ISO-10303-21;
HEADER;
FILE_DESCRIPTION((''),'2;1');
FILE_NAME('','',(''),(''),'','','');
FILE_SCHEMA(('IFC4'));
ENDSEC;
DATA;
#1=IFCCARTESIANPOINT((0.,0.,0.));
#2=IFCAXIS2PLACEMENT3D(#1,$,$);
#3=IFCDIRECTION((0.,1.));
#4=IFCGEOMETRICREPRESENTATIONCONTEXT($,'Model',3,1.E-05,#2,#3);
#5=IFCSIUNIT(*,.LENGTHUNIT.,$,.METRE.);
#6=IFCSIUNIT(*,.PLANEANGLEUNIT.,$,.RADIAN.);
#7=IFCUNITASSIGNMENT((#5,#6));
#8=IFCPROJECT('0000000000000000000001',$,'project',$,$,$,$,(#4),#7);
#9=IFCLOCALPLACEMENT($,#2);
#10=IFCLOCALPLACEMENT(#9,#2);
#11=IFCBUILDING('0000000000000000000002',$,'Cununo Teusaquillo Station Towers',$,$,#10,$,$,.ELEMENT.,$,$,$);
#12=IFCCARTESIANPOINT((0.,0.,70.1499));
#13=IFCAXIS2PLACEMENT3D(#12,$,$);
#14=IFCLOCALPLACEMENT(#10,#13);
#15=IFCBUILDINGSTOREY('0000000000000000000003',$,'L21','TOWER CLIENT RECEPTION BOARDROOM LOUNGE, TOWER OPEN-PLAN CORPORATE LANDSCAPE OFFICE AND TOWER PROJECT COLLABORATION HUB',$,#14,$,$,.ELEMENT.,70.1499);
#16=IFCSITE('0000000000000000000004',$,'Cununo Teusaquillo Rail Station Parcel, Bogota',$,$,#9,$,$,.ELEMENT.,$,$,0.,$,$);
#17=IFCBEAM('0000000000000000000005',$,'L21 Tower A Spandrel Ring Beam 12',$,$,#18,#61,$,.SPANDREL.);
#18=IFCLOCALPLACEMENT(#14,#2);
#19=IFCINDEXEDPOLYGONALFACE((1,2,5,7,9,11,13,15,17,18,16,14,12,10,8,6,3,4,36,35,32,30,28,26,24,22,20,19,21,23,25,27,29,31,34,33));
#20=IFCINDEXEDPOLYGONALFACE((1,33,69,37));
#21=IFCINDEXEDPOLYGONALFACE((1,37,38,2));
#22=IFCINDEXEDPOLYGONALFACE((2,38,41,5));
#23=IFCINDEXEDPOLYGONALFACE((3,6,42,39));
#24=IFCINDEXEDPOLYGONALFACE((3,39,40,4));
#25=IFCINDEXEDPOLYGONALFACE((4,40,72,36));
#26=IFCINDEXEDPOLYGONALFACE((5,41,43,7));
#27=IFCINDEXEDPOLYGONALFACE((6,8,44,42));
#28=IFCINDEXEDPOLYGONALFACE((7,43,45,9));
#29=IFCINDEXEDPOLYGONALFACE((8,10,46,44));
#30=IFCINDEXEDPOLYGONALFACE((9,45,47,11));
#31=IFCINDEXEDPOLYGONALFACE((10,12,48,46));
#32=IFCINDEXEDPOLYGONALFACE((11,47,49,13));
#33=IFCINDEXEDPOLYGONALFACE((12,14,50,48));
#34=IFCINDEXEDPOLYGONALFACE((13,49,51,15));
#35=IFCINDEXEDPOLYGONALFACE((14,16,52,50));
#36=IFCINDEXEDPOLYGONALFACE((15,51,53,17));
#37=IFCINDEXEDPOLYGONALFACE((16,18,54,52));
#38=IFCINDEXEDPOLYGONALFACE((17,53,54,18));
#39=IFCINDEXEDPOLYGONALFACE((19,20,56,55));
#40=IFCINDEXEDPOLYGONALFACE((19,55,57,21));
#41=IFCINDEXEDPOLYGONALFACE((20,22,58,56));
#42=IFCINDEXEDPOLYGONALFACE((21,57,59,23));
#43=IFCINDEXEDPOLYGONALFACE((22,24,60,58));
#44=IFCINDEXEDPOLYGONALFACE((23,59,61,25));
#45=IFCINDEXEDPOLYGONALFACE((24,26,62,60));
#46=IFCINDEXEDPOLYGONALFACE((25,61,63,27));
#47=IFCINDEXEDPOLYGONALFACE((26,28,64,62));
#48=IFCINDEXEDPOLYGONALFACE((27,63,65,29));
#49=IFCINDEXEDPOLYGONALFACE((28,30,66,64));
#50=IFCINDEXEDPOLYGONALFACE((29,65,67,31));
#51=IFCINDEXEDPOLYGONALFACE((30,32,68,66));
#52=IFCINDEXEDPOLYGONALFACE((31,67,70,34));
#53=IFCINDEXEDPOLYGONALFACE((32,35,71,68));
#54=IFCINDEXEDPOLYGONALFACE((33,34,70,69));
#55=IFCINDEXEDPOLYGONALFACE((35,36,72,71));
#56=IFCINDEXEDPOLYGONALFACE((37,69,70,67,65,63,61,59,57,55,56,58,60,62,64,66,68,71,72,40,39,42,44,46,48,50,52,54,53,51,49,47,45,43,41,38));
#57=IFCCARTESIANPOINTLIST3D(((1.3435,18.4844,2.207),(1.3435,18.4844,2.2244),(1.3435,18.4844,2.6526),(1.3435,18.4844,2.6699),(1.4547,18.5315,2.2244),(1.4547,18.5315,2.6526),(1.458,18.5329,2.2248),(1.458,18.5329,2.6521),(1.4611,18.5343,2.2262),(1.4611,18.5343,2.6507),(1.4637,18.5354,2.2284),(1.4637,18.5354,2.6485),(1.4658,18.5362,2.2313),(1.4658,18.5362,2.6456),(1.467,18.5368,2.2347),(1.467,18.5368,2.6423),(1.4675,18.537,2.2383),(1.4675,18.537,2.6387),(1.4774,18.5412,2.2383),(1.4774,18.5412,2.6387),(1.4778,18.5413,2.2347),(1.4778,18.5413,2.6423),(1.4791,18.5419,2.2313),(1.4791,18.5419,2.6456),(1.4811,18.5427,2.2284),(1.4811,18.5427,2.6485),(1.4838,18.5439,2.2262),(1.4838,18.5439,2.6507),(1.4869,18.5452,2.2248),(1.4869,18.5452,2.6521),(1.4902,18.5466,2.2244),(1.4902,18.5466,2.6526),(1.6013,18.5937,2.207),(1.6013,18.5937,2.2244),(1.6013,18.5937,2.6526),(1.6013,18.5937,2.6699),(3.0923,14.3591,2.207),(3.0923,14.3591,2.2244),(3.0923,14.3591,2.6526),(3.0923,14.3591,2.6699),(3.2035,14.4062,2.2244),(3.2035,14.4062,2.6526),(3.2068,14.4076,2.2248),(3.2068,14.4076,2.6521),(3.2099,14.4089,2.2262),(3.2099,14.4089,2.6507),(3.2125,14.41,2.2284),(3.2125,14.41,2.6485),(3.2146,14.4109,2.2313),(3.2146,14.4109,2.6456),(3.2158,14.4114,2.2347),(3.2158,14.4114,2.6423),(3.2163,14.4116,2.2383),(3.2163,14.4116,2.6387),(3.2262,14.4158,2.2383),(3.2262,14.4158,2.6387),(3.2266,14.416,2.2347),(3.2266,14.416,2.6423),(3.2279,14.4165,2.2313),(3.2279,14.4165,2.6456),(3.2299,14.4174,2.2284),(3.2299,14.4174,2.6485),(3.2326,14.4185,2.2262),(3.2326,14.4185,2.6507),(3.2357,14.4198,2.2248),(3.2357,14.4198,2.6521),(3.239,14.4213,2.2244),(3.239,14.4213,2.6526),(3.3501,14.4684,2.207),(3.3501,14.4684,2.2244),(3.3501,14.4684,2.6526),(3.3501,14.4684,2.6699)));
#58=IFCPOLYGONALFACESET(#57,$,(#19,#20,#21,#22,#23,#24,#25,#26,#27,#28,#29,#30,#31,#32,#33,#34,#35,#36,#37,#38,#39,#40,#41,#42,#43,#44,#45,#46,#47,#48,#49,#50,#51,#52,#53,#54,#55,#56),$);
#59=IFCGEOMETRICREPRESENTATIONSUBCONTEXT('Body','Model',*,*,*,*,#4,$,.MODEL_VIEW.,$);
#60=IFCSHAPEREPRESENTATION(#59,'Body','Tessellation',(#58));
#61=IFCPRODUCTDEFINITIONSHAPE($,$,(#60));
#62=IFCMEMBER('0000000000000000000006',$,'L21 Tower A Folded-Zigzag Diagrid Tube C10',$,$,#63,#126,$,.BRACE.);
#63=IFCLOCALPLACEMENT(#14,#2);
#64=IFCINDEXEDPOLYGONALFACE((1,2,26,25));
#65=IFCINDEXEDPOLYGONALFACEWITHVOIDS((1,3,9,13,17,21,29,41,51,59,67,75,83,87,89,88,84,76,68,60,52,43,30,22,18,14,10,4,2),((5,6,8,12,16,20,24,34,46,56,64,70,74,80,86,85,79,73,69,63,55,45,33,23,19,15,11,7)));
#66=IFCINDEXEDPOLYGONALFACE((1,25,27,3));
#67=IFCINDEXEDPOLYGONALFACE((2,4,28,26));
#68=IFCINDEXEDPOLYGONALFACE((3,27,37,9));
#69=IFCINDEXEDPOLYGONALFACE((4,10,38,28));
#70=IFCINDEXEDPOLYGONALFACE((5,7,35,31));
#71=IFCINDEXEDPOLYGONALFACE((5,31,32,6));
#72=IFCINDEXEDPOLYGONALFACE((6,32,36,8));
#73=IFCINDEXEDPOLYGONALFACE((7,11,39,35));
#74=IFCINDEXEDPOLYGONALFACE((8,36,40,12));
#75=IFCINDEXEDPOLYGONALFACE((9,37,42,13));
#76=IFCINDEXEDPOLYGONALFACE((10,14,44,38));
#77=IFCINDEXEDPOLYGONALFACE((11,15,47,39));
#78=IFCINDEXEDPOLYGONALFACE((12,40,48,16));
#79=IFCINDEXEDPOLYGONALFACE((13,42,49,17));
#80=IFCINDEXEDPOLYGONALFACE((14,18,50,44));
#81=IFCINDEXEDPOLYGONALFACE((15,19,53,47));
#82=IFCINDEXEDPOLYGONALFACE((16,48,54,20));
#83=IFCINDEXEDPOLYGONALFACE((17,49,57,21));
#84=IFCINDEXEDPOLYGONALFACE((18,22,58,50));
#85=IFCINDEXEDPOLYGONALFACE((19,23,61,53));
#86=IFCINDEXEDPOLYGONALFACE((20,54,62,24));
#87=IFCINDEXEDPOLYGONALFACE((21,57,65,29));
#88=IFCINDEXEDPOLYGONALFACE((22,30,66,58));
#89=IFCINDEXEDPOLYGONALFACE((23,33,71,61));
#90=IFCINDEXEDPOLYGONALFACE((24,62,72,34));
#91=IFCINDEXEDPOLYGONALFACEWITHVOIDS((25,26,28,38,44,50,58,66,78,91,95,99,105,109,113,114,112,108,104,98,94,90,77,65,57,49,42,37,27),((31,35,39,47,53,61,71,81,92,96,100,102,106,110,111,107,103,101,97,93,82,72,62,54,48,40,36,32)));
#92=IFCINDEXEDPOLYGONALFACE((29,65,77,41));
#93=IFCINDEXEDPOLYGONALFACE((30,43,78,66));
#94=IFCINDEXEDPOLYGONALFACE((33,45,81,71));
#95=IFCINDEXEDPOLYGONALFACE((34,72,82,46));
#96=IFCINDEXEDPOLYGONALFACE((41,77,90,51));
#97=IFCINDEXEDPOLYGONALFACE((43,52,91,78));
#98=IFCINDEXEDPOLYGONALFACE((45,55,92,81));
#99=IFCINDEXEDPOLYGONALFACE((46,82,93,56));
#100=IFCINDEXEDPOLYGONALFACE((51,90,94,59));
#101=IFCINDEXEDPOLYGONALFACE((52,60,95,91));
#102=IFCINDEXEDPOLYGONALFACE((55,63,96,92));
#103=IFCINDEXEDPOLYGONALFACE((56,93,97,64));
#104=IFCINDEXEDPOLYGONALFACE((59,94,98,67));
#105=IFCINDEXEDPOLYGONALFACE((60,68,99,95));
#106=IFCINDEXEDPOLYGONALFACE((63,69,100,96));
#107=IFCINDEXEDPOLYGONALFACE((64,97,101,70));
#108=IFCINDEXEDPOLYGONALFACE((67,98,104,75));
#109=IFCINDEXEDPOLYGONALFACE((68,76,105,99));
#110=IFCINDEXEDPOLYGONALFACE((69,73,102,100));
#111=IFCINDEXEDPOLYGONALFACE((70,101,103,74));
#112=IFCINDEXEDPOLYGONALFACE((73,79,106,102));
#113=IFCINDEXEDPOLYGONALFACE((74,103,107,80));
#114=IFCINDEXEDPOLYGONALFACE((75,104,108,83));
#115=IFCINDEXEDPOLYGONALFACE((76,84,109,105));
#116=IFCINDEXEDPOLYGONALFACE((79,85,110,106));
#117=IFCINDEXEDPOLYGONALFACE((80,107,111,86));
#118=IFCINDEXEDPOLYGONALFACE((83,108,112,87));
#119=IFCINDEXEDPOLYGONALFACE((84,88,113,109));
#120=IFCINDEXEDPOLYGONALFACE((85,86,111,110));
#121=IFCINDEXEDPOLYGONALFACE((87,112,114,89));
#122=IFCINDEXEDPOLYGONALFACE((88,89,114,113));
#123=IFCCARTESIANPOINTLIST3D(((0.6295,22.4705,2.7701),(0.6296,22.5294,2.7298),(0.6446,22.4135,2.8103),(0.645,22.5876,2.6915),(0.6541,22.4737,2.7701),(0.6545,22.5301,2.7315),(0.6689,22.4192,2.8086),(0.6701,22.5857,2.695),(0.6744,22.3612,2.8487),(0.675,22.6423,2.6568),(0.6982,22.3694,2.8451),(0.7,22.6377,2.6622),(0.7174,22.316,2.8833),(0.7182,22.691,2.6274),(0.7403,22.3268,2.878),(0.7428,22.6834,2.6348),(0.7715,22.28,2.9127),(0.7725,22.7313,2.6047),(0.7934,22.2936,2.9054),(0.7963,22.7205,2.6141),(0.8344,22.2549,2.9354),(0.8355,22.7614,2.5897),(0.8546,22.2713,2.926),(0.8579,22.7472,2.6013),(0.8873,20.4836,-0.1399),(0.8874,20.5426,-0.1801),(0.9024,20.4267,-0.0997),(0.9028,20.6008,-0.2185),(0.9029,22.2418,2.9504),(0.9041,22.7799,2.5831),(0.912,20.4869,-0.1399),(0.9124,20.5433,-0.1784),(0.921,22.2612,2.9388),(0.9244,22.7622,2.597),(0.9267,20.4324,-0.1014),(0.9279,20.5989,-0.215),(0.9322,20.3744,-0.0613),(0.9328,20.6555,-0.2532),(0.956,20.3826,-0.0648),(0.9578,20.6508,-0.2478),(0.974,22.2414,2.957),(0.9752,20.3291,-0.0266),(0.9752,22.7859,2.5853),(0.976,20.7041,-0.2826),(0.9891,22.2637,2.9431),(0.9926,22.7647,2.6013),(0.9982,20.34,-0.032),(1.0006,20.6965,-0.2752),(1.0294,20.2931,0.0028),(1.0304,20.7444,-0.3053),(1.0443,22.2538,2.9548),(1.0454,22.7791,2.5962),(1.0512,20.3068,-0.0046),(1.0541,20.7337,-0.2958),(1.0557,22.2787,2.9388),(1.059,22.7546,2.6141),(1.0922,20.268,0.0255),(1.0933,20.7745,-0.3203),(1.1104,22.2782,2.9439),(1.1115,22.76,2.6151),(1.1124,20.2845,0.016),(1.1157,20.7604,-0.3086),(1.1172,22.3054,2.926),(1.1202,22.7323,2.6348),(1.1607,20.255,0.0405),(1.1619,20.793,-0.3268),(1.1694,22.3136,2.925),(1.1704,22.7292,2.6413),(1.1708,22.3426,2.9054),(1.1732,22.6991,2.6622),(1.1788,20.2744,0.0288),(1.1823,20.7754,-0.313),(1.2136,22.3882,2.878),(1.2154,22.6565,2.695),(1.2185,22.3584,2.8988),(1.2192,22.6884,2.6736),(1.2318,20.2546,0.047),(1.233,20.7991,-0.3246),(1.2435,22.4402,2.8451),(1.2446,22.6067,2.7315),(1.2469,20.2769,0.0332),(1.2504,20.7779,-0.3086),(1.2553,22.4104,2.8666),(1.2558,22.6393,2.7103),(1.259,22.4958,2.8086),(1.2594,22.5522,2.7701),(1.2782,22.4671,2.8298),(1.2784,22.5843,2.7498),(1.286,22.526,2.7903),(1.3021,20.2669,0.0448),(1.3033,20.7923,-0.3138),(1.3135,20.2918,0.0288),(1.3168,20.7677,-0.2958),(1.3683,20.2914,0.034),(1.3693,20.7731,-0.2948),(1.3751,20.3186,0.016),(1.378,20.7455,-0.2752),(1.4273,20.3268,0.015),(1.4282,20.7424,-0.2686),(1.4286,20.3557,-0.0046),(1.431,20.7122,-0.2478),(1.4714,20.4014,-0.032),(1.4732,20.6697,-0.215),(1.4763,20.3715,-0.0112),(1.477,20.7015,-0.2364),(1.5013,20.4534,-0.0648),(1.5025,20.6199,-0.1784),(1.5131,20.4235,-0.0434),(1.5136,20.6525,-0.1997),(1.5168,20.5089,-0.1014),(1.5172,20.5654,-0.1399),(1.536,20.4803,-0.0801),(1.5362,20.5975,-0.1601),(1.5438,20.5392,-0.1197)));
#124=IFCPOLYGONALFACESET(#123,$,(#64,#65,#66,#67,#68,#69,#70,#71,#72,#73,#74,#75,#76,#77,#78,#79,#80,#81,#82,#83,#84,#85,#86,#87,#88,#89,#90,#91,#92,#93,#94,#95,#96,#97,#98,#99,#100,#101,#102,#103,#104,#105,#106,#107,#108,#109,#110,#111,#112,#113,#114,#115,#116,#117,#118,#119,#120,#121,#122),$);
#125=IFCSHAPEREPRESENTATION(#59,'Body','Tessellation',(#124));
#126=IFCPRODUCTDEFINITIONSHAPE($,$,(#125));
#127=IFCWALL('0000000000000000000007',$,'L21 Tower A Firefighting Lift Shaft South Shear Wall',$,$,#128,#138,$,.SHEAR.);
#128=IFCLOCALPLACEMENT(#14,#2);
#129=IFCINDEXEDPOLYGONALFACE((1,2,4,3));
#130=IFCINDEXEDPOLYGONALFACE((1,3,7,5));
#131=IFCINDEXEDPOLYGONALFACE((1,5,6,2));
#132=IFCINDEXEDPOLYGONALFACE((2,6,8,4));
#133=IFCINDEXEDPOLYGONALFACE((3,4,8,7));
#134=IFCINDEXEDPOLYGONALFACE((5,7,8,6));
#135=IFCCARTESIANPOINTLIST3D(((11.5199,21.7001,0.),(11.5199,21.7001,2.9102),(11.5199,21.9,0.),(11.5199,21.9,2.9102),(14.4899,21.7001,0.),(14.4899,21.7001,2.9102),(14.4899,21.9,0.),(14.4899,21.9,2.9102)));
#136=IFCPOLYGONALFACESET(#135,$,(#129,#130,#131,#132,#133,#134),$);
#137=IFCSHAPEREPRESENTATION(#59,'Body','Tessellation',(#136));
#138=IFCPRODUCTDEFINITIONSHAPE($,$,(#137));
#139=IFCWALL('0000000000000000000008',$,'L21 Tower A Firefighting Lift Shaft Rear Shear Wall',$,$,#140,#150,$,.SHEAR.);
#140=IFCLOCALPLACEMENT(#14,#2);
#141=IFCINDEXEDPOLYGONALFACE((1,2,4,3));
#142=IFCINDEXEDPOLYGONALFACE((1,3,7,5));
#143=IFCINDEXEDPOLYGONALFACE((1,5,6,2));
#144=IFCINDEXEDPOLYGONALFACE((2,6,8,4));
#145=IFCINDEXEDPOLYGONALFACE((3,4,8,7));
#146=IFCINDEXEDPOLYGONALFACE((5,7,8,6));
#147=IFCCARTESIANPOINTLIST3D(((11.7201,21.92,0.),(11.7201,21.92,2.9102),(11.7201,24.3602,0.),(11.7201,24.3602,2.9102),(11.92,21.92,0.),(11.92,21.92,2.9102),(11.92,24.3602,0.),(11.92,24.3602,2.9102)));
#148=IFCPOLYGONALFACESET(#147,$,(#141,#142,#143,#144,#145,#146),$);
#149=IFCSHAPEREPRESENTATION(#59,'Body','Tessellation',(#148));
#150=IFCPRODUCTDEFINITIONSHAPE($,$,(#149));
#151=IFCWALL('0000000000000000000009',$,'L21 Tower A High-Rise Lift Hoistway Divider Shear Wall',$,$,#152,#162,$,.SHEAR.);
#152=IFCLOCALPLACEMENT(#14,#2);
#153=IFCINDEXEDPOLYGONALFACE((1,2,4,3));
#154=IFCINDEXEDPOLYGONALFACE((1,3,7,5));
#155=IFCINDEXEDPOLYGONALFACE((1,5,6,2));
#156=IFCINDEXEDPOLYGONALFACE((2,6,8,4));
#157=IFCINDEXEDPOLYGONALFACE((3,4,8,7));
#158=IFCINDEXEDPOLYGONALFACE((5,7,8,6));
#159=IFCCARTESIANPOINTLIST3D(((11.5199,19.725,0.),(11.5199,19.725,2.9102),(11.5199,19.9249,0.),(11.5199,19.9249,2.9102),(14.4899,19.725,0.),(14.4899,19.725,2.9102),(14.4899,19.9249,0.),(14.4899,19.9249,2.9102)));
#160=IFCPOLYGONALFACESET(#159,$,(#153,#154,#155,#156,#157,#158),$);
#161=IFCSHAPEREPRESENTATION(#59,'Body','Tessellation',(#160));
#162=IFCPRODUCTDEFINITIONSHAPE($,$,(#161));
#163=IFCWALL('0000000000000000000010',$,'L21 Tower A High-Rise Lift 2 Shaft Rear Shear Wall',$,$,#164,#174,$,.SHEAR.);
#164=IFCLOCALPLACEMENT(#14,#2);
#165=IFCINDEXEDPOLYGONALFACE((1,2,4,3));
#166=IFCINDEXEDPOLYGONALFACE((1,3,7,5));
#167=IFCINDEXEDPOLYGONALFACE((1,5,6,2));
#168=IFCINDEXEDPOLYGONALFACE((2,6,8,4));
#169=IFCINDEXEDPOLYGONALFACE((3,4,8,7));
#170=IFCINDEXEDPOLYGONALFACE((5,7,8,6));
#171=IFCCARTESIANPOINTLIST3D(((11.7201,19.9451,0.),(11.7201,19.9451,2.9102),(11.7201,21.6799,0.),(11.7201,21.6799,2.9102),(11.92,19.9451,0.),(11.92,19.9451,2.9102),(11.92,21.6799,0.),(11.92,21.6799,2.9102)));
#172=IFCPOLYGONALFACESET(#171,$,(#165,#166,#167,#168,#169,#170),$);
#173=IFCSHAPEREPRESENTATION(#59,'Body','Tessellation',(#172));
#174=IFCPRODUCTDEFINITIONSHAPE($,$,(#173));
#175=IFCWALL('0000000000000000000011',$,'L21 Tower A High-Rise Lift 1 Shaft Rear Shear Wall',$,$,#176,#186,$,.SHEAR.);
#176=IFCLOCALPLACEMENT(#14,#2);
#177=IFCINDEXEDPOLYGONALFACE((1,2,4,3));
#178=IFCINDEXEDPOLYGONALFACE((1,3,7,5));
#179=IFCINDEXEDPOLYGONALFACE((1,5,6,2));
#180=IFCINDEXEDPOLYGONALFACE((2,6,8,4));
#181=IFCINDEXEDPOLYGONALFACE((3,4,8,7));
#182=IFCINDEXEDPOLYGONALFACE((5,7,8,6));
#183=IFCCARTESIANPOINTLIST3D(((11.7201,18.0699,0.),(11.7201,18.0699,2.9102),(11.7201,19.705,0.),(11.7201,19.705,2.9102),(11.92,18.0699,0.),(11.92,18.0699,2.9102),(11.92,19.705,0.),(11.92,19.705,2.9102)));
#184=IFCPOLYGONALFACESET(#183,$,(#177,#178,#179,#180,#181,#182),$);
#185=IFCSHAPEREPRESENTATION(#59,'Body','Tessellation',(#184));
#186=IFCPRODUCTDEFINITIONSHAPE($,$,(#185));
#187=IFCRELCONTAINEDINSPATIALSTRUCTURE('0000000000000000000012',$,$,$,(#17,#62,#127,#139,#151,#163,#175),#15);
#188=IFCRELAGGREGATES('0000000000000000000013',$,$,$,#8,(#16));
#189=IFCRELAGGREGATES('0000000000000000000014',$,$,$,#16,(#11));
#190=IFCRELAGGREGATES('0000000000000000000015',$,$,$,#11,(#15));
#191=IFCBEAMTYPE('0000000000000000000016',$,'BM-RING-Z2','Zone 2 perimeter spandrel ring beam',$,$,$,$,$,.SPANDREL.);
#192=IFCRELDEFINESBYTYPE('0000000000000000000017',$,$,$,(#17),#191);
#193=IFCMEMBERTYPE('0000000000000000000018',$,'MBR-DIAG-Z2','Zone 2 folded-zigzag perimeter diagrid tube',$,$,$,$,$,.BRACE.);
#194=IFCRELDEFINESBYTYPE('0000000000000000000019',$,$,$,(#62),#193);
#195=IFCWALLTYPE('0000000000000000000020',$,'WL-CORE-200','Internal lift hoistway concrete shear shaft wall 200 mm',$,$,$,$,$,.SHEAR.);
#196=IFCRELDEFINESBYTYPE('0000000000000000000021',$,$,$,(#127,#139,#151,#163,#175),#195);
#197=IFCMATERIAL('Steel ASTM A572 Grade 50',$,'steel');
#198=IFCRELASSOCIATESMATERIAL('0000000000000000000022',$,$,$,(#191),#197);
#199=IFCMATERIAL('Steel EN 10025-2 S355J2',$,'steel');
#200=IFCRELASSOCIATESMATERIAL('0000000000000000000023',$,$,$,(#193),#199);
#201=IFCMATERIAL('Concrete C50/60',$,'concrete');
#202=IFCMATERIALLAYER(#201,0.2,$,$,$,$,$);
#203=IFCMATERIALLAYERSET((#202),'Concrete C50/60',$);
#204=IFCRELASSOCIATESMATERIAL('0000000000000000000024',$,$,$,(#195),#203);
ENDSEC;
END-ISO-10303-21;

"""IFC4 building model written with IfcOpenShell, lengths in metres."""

from ifc_helpers import new_model, si_unit, direction, frame, frame_2d, origin, origin_2d, place, context, subcontext, project, spatial, rectangle, hollow_circle, i_section, extrude, material, layer, layer_set, material_profile, profile_set, type_object, element, save


model = new_model("IFC4")

# Units and contexts
model_context = context("Model", 3, precision=1e-05, world=origin(), true_north=direction((0.0, 1.0)))
body_context = subcontext(model_context, "Body", "Model", "MODEL_VIEW")
ifc_project = project(units=[si_unit("LENGTHUNIT", "METRE"), si_unit("PLANEANGLEUNIT", "RADIAN")], contexts=[model_context])

# Site, building, storey
site_placement = place(None, origin())
site = spatial("IfcSite", under=ifc_project, at=site_placement, Name="Cununo Teusaquillo Rail Station Parcel, Bogota", CompositionType="ELEMENT", RefElevation=0.0)
building_placement = place(site_placement, origin())
building = spatial("IfcBuilding", under=site, at=building_placement, Name="Cununo Teusaquillo Station Towers", CompositionType="ELEMENT")
storey_placement = place(building_placement, frame((0.0, 0.0, 70.1499)))
storey = spatial("IfcBuildingStorey", under=building, at=storey_placement, Name="L21", Description="TOWER CLIENT RECEPTION BOARDROOM LOUNGE, TOWER OPEN-PLAN CORPORATE LANDSCAPE OFFICE AND TOWER PROJECT COLLABORATION HUB", CompositionType="ELEMENT", Elevation=70.1499)

# Beam
ifc_material_1 = material(Name="Steel ASTM A572 Grade 50", Category="steel")
ifc_material_profile_1 = material_profile(ifc_material_1, i_section(OverallWidth=0.28, OverallDepth=0.4629, WebThickness=0.0107, FlangeThickness=0.0173, FilletRadius=0.0139, at=origin_2d()), Name="W18X76")
ifc_profile_set_1 = profile_set([ifc_material_profile_1], Name="Steel ASTM A572 Grade 50")
beam_type_1 = type_object("IfcBeamType", Name="BM-RING-Z2", Description="Zone 2 perimeter spandrel ring beam", PredefinedType="SPANDREL", material=ifc_profile_set_1)
beam_1_placement = place(storey_placement, frame((1.4724, 18.5391, 2.4385), z_axis=(0.390299, -0.920688, 0.0), x_axis=(0.920688, 0.390299, 0.0)))
element("IfcBeam", 1, at=beam_1_placement, inside=storey, type_object=beam_type_1, Name="L21 Tower A Spandrel Ring Beam 12", PredefinedType="SPANDREL", context=body_context, shape_type="SweptSolid", body=[
    extrude(i_section(OverallWidth=0.28, OverallDepth=0.4629, WebThickness=0.0107, FlangeThickness=0.0173, FilletRadius=0.0139, at=origin_2d()), origin(), (0.0, 0.0, 1.0), 4.4807),
])

# Member
ifc_material_2 = material(Name="Steel EN 10025-2 S355J2", Category="steel")
ifc_material_profile_2 = material_profile(ifc_material_2, hollow_circle(Radius=0.3301, WallThickness=0.0249, at=origin_2d()), Name="CHS 660x25")
ifc_profile_set_2 = profile_set([ifc_material_profile_2], Name="Steel EN 10025-2 S355J2")
member_type = type_object("IfcMemberType", Name="MBR-DIAG-Z2", Description="Zone 2 folded-zigzag perimeter diagrid tube", PredefinedType="BRACE", material=ifc_profile_set_2)
member_placement = place(storey_placement, frame((1.2146, 20.5261, -0.1399), z_axis=(-0.072974, 0.562373, 0.823657), x_axis=(-0.991686, -0.128683, 0.0)))
element("IfcMember", 2, at=member_placement, inside=storey, type_object=member_type, Name="L21 Tower A Folded-Zigzag Diagrid Tube C10", PredefinedType="BRACE", context=body_context, shape_type="SweptSolid", body=[
    extrude(hollow_circle(Radius=0.3301, WallThickness=0.0249, at=origin_2d()), origin(), (0.0, 0.0, 1.0), 3.533),
])

# Walls
ifc_material_3 = material(Name="Concrete C50/60", Category="concrete")
ifc_layer_1 = layer(ifc_material_3, 0.2)
ifc_layer_set_1 = layer_set([ifc_layer_1], Name="Concrete C50/60")
wall_type_1 = type_object("IfcWallType", Name="WL-CORE-200", Description="Internal lift hoistway concrete shear shaft wall 200 mm", PredefinedType="SHEAR", material=ifc_layer_set_1)
wall_1_placement = place(storey_placement, frame((11.52, 21.8, 0.0), z_axis=(0.0, 0.0, 1.0), x_axis=(1.0, 0.0, 0.0)))
element("IfcWall", 3, at=wall_1_placement, inside=storey, type_object=wall_type_1, Name="L21 Tower A Firefighting Lift Shaft South Shear Wall", PredefinedType="SHEAR", context=body_context, shape_type="SweptSolid", body=[
    extrude(rectangle(XDim=2.97, YDim=0.2, at=frame_2d((1.4849, 0.0))), origin(), (0.0, 0.0, 1.0), 2.9102),
])
wall_2_placement = place(storey_placement, frame((11.8201, 21.9199, 0.0), z_axis=(0.0, 0.0, 1.0), x_axis=(0.0, 1.0, 0.0)))
element("IfcWall", 4, at=wall_2_placement, inside=storey, type_object=wall_type_1, Name="L21 Tower A Firefighting Lift Shaft Rear Shear Wall", PredefinedType="SHEAR", context=body_context, shape_type="SweptSolid", body=[
    extrude(rectangle(XDim=2.4402, YDim=0.2, at=frame_2d((1.2202, 0.0))), origin(), (0.0, 0.0, 1.0), 2.9102),
])
wall_3_placement = place(storey_placement, frame((11.52, 19.825, 0.0), z_axis=(0.0, 0.0, 1.0), x_axis=(1.0, 0.0, 0.0)))
element("IfcWall", 5, at=wall_3_placement, inside=storey, type_object=wall_type_1, Name="L21 Tower A High-Rise Lift Hoistway Divider Shear Wall", PredefinedType="SHEAR", context=body_context, shape_type="SweptSolid", body=[
    extrude(rectangle(XDim=2.97, YDim=0.2, at=frame_2d((1.4849, 0.0))), origin(), (0.0, 0.0, 1.0), 2.9102),
])
wall_4_placement = place(storey_placement, frame((11.8201, 19.9451, 0.0), z_axis=(0.0, 0.0, 1.0), x_axis=(0.0, 1.0, 0.0)))
element("IfcWall", 6, at=wall_4_placement, inside=storey, type_object=wall_type_1, Name="L21 Tower A High-Rise Lift 2 Shaft Rear Shear Wall", PredefinedType="SHEAR", context=body_context, shape_type="SweptSolid", body=[
    extrude(rectangle(XDim=1.7349, YDim=0.2, at=frame_2d((0.8674, 0.0))), origin(), (0.0, 0.0, 1.0), 2.9102),
])
wall_5_placement = place(storey_placement, frame((11.8201, 18.0701, 0.0), z_axis=(0.0, 0.0, 1.0), x_axis=(0.0, 1.0, 0.0)))
element("IfcWall", 7, at=wall_5_placement, inside=storey, type_object=wall_type_1, Name="L21 Tower A High-Rise Lift 1 Shaft Rear Shear Wall", PredefinedType="SHEAR", context=body_context, shape_type="SweptSolid", body=[
    extrude(rectangle(XDim=1.635, YDim=0.2, at=frame_2d((0.8174, 0.0))), origin(), (0.0, 0.0, 1.0), 2.9102),
])

save(model, "model.ifc")
